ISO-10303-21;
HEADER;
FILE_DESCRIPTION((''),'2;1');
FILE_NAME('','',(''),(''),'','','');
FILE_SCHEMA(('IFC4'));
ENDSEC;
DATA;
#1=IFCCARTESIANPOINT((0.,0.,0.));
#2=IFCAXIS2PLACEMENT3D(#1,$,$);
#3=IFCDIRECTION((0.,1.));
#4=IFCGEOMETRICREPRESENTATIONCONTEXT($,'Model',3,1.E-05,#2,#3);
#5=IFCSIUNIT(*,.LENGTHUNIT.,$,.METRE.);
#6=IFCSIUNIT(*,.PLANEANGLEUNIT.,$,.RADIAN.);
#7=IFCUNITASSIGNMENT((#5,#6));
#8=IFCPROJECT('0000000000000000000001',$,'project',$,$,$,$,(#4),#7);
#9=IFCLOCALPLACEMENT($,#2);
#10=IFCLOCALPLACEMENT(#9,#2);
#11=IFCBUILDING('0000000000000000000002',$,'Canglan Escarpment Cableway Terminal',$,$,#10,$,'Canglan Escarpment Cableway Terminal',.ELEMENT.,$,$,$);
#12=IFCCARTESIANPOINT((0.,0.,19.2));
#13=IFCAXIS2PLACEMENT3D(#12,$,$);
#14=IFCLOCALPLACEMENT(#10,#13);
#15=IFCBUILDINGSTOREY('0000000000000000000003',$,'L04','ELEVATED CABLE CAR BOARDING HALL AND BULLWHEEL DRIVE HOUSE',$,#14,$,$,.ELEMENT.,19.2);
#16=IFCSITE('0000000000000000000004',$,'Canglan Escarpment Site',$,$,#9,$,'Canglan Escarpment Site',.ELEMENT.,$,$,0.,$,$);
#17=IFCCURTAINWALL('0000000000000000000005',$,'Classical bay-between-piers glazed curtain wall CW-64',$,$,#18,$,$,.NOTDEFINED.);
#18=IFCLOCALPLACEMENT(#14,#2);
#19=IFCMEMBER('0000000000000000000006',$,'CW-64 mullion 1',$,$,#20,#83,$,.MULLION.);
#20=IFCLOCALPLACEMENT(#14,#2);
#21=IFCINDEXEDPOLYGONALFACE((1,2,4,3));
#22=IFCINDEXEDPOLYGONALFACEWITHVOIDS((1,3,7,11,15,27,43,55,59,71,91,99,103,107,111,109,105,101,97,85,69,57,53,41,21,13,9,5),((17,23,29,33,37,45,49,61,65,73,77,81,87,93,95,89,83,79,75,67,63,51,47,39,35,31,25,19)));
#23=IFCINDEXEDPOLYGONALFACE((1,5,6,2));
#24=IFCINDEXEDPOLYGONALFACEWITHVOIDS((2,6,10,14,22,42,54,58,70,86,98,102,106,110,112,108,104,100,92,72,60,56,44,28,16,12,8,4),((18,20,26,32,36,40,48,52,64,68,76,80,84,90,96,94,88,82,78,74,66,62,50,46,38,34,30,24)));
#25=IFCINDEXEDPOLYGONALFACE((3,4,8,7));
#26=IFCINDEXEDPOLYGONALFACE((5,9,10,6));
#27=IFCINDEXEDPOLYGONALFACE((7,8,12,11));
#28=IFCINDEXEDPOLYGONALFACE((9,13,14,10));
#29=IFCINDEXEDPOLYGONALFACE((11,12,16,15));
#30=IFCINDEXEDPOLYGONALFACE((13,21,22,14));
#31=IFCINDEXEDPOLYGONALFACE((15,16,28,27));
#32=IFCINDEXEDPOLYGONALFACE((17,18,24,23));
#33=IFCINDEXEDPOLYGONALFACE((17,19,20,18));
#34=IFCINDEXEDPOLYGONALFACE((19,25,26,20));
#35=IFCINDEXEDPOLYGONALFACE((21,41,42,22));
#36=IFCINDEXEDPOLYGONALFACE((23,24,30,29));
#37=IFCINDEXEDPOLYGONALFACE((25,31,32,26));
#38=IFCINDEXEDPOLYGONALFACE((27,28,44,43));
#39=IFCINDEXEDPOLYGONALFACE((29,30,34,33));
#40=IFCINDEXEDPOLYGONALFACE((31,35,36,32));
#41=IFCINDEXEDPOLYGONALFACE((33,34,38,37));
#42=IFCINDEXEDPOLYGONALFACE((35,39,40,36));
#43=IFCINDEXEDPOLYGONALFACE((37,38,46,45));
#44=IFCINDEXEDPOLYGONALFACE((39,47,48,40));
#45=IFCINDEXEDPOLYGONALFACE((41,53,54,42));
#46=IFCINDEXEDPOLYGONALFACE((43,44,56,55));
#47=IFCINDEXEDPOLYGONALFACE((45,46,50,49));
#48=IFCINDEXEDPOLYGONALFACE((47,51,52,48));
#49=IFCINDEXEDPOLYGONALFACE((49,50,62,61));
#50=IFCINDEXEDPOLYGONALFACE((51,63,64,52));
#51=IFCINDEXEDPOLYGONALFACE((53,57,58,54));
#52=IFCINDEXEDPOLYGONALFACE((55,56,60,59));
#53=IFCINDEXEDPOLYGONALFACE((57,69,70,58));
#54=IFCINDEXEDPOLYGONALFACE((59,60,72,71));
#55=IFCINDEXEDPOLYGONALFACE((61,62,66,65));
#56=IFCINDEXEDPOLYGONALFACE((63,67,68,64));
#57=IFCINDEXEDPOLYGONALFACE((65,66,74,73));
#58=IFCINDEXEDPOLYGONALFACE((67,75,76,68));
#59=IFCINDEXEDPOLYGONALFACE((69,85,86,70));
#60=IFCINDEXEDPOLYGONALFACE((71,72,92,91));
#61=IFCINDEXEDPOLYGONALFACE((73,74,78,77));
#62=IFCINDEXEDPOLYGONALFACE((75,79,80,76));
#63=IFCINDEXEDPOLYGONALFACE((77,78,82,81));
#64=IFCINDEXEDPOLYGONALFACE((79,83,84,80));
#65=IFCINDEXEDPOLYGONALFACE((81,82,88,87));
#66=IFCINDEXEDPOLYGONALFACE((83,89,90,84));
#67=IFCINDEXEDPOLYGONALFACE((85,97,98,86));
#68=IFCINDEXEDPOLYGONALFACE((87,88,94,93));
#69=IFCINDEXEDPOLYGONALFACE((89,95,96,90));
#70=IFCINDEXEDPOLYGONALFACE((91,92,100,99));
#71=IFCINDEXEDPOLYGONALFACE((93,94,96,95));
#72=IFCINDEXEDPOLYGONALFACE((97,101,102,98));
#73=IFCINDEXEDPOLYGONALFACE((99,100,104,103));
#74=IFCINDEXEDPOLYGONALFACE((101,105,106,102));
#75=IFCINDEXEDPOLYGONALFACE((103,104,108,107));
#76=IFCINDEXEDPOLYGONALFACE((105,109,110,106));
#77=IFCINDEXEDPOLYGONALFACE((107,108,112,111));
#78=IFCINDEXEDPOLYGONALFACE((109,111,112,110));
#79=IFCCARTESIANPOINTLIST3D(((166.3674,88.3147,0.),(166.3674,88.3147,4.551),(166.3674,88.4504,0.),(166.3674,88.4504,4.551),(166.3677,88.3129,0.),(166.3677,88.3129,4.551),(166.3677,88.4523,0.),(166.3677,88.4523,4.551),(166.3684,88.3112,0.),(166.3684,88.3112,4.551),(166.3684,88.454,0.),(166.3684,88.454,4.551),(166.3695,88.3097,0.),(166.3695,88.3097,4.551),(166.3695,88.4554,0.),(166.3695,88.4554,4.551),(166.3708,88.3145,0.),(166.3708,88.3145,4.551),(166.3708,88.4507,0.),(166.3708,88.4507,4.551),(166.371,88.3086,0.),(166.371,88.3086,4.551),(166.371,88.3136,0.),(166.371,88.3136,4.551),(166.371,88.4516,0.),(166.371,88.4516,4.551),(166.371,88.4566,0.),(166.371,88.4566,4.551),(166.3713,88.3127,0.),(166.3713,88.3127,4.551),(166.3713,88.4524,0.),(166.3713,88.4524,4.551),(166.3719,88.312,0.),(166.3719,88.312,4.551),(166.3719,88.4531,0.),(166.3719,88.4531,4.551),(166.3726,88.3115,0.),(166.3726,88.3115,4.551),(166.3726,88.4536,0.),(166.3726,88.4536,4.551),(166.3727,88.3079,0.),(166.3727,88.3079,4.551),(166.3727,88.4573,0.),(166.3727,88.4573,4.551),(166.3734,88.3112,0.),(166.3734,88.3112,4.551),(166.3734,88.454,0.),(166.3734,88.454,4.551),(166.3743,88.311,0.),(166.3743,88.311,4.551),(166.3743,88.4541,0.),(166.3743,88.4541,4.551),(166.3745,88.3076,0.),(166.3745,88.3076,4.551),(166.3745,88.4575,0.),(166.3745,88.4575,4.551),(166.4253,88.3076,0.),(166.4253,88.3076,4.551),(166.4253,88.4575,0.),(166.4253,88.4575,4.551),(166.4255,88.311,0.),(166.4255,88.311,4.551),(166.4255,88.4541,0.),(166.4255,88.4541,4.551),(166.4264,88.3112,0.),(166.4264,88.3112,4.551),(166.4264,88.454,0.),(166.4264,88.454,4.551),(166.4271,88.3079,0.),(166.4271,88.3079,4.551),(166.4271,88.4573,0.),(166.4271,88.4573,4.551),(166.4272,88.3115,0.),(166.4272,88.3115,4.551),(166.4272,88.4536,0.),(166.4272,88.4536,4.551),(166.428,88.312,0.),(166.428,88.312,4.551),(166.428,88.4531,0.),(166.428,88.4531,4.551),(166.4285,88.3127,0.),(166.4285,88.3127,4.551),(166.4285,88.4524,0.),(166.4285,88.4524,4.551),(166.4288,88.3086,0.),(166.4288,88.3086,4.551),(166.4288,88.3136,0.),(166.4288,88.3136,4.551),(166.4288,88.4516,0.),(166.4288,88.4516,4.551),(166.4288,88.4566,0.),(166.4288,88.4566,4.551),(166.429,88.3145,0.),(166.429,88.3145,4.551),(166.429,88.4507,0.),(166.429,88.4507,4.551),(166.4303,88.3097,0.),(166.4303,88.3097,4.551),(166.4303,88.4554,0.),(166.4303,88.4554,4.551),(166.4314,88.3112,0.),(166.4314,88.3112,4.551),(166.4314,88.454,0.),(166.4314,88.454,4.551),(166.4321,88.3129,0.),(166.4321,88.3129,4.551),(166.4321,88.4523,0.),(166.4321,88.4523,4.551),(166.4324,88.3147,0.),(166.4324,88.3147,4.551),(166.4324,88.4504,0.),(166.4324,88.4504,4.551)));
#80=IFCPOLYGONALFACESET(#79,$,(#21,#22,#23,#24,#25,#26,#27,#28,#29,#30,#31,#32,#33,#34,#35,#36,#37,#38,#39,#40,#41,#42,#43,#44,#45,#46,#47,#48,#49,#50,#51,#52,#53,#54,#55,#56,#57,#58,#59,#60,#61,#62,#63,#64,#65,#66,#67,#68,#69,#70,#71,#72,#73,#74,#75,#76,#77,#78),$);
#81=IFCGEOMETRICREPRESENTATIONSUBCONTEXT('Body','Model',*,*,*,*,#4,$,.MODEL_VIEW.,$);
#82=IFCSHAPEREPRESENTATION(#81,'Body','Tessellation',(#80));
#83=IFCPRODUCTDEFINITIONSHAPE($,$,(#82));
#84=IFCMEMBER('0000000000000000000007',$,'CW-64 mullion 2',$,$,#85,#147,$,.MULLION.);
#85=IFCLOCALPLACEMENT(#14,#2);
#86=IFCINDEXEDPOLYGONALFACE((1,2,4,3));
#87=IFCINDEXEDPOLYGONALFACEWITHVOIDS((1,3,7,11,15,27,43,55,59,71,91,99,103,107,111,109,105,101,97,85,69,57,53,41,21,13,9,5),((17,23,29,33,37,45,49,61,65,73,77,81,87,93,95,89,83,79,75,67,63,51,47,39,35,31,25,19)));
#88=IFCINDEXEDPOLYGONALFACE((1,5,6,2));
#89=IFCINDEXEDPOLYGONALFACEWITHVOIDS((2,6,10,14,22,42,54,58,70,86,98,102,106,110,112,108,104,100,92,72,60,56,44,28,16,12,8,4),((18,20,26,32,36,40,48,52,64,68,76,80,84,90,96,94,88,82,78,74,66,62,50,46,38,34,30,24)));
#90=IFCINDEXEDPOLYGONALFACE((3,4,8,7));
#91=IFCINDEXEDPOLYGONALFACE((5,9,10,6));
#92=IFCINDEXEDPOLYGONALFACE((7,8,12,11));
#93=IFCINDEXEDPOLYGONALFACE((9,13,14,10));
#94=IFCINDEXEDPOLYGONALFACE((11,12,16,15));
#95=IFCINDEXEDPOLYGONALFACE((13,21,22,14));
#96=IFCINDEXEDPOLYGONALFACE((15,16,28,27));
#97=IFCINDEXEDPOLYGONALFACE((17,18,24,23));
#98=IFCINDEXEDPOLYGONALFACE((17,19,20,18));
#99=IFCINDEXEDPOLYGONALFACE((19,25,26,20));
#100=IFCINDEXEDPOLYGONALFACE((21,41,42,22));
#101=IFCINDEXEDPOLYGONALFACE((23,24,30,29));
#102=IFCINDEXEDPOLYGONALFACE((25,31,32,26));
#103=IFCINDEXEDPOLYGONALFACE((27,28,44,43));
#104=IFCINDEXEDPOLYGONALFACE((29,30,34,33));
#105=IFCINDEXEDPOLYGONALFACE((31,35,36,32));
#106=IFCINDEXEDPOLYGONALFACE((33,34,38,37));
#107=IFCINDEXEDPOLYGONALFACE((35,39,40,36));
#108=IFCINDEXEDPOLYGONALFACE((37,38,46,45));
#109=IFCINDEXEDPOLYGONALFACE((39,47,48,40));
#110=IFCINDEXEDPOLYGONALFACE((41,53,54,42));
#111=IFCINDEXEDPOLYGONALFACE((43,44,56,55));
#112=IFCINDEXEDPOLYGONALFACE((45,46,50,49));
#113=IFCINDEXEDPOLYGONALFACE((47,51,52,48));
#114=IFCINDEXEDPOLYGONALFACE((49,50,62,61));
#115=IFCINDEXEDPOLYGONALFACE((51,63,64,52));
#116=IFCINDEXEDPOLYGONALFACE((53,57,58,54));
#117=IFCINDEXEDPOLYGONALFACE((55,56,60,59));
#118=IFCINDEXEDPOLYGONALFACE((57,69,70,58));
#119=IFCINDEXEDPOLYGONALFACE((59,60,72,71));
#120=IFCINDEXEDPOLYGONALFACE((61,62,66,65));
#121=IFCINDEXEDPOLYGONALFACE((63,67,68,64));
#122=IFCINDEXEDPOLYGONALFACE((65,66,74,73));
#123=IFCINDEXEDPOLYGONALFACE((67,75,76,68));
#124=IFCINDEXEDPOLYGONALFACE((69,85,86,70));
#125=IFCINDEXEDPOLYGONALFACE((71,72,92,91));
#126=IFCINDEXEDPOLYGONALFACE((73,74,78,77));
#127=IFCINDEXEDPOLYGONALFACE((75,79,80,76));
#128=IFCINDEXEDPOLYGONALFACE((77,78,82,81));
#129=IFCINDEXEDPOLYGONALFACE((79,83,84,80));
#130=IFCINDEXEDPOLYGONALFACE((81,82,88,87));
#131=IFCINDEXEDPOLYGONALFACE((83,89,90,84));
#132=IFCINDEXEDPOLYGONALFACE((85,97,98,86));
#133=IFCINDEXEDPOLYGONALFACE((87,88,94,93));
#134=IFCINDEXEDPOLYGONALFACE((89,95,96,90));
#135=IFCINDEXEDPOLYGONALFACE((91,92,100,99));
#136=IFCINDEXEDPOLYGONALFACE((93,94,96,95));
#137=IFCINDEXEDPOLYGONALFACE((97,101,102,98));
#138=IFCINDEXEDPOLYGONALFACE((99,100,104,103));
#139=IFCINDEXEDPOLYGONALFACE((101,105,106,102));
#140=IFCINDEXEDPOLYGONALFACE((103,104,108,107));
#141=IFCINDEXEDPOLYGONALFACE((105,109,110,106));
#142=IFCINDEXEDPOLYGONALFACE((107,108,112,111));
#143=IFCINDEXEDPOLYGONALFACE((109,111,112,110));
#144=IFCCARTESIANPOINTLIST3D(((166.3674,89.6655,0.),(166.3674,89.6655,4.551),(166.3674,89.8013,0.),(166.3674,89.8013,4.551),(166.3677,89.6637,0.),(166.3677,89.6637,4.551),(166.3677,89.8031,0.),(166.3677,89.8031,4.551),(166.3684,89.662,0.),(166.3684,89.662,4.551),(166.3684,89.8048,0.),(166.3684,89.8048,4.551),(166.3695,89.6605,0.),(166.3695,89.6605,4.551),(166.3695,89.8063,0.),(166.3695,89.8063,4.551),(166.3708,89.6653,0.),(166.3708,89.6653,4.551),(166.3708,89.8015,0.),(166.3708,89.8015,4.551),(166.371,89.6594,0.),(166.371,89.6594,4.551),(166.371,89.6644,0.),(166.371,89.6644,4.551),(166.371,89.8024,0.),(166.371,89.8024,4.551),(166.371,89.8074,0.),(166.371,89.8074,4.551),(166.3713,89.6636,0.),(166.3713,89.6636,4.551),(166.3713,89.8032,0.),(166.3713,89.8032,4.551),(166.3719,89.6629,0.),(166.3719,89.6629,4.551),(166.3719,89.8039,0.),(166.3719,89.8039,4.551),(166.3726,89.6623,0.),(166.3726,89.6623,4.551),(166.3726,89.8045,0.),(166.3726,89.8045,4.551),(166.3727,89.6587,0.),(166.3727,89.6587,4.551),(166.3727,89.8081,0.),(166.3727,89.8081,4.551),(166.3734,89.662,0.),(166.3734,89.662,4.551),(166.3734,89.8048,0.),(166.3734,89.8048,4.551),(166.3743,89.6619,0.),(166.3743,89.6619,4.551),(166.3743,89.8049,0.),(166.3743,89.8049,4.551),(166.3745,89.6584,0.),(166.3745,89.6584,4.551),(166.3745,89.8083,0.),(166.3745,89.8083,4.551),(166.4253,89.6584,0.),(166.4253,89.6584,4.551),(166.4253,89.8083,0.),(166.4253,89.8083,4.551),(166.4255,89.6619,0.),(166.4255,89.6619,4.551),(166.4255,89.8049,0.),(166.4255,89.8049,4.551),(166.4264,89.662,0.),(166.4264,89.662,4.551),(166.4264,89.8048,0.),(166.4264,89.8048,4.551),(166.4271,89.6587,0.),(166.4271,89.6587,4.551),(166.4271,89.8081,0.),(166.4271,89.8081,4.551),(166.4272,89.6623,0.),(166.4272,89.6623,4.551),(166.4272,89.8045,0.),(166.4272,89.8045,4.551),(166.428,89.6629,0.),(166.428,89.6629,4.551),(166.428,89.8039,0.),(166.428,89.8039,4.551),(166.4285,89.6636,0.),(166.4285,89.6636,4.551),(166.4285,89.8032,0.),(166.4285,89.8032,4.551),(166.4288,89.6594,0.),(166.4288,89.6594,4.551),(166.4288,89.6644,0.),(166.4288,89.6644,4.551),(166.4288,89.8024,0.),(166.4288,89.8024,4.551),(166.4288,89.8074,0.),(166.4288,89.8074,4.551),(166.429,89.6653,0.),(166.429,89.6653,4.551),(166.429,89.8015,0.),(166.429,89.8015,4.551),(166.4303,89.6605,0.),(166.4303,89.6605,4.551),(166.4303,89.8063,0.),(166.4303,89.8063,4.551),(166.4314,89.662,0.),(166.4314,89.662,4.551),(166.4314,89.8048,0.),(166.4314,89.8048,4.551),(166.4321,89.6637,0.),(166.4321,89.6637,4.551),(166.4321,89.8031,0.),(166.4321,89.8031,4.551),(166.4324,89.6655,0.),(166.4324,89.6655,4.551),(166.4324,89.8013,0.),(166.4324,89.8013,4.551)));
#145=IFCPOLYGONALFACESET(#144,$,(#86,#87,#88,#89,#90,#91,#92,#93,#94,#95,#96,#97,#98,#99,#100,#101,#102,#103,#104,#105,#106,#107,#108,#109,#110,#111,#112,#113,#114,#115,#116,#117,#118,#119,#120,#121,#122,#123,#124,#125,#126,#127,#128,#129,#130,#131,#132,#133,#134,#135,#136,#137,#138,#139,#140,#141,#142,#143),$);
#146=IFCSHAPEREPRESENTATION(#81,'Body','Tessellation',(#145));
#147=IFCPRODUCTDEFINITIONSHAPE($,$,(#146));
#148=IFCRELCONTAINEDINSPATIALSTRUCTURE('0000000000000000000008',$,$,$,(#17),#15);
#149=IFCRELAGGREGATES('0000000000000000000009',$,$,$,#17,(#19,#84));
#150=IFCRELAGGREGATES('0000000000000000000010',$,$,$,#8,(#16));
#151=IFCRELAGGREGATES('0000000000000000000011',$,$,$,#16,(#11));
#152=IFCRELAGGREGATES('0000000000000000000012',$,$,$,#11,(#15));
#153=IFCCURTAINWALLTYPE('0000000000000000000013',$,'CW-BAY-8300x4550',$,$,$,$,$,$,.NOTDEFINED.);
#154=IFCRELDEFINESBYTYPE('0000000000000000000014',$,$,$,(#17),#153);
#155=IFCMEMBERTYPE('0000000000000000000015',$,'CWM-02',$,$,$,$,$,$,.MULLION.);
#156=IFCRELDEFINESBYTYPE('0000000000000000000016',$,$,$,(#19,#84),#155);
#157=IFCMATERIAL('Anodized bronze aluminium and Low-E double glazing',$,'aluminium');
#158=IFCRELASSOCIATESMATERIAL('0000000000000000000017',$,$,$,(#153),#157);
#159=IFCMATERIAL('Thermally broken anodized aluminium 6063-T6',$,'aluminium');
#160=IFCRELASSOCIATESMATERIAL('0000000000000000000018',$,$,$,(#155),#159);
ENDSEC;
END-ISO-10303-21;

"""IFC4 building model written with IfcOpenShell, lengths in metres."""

from ifc_helpers import new_model, si_unit, direction, frame, origin, origin_2d, place, context, subcontext, project, spatial, hollow_rectangle, extrude, material, material_profile, profile_set, type_object, element, aggregate, save


model = new_model("IFC4")

# Units and contexts
model_context = context("Model", 3, precision=1e-05, world=origin(), true_north=direction((0.0, 1.0)))
body_context = subcontext(model_context, "Body", "Model", "MODEL_VIEW")
ifc_project = project(units=[si_unit("LENGTHUNIT", "METRE"), si_unit("PLANEANGLEUNIT", "RADIAN")], contexts=[model_context])

# Site, building, storey
site_placement = place(None, origin())
site = spatial("IfcSite", under=ifc_project, at=site_placement, Name="Canglan Escarpment Site", LongName="Canglan Escarpment Site", CompositionType="ELEMENT", RefElevation=0.0)
building_placement = place(site_placement, origin())
building = spatial("IfcBuilding", under=site, at=building_placement, Name="Canglan Escarpment Cableway Terminal", LongName="Canglan Escarpment Cableway Terminal", CompositionType="ELEMENT")
storey_placement = place(building_placement, frame((0.0, 0.0, 19.2)))
storey = spatial("IfcBuildingStorey", under=building, at=storey_placement, Name="L04", Description="ELEVATED CABLE CAR BOARDING HALL AND BULLWHEEL DRIVE HOUSE", CompositionType="ELEMENT", Elevation=19.2)

# Shared definitions
ifc_material_1 = material(Name="Anodized bronze aluminium and Low-E double glazing", Category="aluminium")
curtain_wall_type = type_object("IfcCurtainWallType", Name="CW-BAY-8300x4550", PredefinedType="NOTDEFINED", material=ifc_material_1)
ifc_material_2 = material(Name="Thermally broken anodized aluminium 6063-T6", Category="aluminium")

# Curtain wall, members
curtain_wall_1_placement = place(storey_placement, origin())
curtain_wall_1 = element("IfcCurtainWall", 1, at=curtain_wall_1_placement, inside=storey, type_object=curtain_wall_type, Name="Classical bay-between-piers glazed curtain wall CW-64", PredefinedType="NOTDEFINED")
ifc_material_profile_1 = material_profile(ifc_material_2, hollow_rectangle(XDim=0.0649, YDim=0.1499, WallThickness=0.0034, InnerFilletRadius=0.0034, OuterFilletRadius=0.0071, at=origin_2d()), Name="ALU-MULL 65x150x3.5")
ifc_profile_set_1 = profile_set([ifc_material_profile_1], Name="Thermally broken anodized aluminium 6063-T6")
member_type_1 = type_object("IfcMemberType", Name="CWM-02", PredefinedType="MULLION", material=ifc_profile_set_1)
member_1_placement = place(storey_placement, frame((166.3999, 88.3826, 0.0), z_axis=(0.0, 0.0, 1.0), x_axis=(-1.0, 0.0, 0.0)))
member_1 = element("IfcMember", 2, at=member_1_placement, type_object=member_type_1, Name="CW-64 mullion 1", PredefinedType="MULLION", context=body_context, shape_type="SweptSolid", body=[
    extrude(hollow_rectangle(XDim=0.0649, YDim=0.1499, WallThickness=0.0034, InnerFilletRadius=0.0034, OuterFilletRadius=0.0071, at=origin_2d()), origin(), (0.0, 0.0, 1.0), 4.551),
])
member_2_placement = place(storey_placement, frame((166.3999, 89.7334, 0.0), z_axis=(0.0, 0.0, 1.0), x_axis=(-1.0, 0.0, 0.0)))
member_2 = element("IfcMember", 3, at=member_2_placement, type_object=member_type_1, Name="CW-64 mullion 2", PredefinedType="MULLION", context=body_context, shape_type="SweptSolid", body=[
    extrude(hollow_rectangle(XDim=0.0649, YDim=0.1499, WallThickness=0.0034, InnerFilletRadius=0.0034, OuterFilletRadius=0.0071, at=origin_2d()), origin(), (0.0, 0.0, 1.0), 4.551),
])
aggregate(curtain_wall_1, [member_1, member_2])

save(model, "model.ifc")
